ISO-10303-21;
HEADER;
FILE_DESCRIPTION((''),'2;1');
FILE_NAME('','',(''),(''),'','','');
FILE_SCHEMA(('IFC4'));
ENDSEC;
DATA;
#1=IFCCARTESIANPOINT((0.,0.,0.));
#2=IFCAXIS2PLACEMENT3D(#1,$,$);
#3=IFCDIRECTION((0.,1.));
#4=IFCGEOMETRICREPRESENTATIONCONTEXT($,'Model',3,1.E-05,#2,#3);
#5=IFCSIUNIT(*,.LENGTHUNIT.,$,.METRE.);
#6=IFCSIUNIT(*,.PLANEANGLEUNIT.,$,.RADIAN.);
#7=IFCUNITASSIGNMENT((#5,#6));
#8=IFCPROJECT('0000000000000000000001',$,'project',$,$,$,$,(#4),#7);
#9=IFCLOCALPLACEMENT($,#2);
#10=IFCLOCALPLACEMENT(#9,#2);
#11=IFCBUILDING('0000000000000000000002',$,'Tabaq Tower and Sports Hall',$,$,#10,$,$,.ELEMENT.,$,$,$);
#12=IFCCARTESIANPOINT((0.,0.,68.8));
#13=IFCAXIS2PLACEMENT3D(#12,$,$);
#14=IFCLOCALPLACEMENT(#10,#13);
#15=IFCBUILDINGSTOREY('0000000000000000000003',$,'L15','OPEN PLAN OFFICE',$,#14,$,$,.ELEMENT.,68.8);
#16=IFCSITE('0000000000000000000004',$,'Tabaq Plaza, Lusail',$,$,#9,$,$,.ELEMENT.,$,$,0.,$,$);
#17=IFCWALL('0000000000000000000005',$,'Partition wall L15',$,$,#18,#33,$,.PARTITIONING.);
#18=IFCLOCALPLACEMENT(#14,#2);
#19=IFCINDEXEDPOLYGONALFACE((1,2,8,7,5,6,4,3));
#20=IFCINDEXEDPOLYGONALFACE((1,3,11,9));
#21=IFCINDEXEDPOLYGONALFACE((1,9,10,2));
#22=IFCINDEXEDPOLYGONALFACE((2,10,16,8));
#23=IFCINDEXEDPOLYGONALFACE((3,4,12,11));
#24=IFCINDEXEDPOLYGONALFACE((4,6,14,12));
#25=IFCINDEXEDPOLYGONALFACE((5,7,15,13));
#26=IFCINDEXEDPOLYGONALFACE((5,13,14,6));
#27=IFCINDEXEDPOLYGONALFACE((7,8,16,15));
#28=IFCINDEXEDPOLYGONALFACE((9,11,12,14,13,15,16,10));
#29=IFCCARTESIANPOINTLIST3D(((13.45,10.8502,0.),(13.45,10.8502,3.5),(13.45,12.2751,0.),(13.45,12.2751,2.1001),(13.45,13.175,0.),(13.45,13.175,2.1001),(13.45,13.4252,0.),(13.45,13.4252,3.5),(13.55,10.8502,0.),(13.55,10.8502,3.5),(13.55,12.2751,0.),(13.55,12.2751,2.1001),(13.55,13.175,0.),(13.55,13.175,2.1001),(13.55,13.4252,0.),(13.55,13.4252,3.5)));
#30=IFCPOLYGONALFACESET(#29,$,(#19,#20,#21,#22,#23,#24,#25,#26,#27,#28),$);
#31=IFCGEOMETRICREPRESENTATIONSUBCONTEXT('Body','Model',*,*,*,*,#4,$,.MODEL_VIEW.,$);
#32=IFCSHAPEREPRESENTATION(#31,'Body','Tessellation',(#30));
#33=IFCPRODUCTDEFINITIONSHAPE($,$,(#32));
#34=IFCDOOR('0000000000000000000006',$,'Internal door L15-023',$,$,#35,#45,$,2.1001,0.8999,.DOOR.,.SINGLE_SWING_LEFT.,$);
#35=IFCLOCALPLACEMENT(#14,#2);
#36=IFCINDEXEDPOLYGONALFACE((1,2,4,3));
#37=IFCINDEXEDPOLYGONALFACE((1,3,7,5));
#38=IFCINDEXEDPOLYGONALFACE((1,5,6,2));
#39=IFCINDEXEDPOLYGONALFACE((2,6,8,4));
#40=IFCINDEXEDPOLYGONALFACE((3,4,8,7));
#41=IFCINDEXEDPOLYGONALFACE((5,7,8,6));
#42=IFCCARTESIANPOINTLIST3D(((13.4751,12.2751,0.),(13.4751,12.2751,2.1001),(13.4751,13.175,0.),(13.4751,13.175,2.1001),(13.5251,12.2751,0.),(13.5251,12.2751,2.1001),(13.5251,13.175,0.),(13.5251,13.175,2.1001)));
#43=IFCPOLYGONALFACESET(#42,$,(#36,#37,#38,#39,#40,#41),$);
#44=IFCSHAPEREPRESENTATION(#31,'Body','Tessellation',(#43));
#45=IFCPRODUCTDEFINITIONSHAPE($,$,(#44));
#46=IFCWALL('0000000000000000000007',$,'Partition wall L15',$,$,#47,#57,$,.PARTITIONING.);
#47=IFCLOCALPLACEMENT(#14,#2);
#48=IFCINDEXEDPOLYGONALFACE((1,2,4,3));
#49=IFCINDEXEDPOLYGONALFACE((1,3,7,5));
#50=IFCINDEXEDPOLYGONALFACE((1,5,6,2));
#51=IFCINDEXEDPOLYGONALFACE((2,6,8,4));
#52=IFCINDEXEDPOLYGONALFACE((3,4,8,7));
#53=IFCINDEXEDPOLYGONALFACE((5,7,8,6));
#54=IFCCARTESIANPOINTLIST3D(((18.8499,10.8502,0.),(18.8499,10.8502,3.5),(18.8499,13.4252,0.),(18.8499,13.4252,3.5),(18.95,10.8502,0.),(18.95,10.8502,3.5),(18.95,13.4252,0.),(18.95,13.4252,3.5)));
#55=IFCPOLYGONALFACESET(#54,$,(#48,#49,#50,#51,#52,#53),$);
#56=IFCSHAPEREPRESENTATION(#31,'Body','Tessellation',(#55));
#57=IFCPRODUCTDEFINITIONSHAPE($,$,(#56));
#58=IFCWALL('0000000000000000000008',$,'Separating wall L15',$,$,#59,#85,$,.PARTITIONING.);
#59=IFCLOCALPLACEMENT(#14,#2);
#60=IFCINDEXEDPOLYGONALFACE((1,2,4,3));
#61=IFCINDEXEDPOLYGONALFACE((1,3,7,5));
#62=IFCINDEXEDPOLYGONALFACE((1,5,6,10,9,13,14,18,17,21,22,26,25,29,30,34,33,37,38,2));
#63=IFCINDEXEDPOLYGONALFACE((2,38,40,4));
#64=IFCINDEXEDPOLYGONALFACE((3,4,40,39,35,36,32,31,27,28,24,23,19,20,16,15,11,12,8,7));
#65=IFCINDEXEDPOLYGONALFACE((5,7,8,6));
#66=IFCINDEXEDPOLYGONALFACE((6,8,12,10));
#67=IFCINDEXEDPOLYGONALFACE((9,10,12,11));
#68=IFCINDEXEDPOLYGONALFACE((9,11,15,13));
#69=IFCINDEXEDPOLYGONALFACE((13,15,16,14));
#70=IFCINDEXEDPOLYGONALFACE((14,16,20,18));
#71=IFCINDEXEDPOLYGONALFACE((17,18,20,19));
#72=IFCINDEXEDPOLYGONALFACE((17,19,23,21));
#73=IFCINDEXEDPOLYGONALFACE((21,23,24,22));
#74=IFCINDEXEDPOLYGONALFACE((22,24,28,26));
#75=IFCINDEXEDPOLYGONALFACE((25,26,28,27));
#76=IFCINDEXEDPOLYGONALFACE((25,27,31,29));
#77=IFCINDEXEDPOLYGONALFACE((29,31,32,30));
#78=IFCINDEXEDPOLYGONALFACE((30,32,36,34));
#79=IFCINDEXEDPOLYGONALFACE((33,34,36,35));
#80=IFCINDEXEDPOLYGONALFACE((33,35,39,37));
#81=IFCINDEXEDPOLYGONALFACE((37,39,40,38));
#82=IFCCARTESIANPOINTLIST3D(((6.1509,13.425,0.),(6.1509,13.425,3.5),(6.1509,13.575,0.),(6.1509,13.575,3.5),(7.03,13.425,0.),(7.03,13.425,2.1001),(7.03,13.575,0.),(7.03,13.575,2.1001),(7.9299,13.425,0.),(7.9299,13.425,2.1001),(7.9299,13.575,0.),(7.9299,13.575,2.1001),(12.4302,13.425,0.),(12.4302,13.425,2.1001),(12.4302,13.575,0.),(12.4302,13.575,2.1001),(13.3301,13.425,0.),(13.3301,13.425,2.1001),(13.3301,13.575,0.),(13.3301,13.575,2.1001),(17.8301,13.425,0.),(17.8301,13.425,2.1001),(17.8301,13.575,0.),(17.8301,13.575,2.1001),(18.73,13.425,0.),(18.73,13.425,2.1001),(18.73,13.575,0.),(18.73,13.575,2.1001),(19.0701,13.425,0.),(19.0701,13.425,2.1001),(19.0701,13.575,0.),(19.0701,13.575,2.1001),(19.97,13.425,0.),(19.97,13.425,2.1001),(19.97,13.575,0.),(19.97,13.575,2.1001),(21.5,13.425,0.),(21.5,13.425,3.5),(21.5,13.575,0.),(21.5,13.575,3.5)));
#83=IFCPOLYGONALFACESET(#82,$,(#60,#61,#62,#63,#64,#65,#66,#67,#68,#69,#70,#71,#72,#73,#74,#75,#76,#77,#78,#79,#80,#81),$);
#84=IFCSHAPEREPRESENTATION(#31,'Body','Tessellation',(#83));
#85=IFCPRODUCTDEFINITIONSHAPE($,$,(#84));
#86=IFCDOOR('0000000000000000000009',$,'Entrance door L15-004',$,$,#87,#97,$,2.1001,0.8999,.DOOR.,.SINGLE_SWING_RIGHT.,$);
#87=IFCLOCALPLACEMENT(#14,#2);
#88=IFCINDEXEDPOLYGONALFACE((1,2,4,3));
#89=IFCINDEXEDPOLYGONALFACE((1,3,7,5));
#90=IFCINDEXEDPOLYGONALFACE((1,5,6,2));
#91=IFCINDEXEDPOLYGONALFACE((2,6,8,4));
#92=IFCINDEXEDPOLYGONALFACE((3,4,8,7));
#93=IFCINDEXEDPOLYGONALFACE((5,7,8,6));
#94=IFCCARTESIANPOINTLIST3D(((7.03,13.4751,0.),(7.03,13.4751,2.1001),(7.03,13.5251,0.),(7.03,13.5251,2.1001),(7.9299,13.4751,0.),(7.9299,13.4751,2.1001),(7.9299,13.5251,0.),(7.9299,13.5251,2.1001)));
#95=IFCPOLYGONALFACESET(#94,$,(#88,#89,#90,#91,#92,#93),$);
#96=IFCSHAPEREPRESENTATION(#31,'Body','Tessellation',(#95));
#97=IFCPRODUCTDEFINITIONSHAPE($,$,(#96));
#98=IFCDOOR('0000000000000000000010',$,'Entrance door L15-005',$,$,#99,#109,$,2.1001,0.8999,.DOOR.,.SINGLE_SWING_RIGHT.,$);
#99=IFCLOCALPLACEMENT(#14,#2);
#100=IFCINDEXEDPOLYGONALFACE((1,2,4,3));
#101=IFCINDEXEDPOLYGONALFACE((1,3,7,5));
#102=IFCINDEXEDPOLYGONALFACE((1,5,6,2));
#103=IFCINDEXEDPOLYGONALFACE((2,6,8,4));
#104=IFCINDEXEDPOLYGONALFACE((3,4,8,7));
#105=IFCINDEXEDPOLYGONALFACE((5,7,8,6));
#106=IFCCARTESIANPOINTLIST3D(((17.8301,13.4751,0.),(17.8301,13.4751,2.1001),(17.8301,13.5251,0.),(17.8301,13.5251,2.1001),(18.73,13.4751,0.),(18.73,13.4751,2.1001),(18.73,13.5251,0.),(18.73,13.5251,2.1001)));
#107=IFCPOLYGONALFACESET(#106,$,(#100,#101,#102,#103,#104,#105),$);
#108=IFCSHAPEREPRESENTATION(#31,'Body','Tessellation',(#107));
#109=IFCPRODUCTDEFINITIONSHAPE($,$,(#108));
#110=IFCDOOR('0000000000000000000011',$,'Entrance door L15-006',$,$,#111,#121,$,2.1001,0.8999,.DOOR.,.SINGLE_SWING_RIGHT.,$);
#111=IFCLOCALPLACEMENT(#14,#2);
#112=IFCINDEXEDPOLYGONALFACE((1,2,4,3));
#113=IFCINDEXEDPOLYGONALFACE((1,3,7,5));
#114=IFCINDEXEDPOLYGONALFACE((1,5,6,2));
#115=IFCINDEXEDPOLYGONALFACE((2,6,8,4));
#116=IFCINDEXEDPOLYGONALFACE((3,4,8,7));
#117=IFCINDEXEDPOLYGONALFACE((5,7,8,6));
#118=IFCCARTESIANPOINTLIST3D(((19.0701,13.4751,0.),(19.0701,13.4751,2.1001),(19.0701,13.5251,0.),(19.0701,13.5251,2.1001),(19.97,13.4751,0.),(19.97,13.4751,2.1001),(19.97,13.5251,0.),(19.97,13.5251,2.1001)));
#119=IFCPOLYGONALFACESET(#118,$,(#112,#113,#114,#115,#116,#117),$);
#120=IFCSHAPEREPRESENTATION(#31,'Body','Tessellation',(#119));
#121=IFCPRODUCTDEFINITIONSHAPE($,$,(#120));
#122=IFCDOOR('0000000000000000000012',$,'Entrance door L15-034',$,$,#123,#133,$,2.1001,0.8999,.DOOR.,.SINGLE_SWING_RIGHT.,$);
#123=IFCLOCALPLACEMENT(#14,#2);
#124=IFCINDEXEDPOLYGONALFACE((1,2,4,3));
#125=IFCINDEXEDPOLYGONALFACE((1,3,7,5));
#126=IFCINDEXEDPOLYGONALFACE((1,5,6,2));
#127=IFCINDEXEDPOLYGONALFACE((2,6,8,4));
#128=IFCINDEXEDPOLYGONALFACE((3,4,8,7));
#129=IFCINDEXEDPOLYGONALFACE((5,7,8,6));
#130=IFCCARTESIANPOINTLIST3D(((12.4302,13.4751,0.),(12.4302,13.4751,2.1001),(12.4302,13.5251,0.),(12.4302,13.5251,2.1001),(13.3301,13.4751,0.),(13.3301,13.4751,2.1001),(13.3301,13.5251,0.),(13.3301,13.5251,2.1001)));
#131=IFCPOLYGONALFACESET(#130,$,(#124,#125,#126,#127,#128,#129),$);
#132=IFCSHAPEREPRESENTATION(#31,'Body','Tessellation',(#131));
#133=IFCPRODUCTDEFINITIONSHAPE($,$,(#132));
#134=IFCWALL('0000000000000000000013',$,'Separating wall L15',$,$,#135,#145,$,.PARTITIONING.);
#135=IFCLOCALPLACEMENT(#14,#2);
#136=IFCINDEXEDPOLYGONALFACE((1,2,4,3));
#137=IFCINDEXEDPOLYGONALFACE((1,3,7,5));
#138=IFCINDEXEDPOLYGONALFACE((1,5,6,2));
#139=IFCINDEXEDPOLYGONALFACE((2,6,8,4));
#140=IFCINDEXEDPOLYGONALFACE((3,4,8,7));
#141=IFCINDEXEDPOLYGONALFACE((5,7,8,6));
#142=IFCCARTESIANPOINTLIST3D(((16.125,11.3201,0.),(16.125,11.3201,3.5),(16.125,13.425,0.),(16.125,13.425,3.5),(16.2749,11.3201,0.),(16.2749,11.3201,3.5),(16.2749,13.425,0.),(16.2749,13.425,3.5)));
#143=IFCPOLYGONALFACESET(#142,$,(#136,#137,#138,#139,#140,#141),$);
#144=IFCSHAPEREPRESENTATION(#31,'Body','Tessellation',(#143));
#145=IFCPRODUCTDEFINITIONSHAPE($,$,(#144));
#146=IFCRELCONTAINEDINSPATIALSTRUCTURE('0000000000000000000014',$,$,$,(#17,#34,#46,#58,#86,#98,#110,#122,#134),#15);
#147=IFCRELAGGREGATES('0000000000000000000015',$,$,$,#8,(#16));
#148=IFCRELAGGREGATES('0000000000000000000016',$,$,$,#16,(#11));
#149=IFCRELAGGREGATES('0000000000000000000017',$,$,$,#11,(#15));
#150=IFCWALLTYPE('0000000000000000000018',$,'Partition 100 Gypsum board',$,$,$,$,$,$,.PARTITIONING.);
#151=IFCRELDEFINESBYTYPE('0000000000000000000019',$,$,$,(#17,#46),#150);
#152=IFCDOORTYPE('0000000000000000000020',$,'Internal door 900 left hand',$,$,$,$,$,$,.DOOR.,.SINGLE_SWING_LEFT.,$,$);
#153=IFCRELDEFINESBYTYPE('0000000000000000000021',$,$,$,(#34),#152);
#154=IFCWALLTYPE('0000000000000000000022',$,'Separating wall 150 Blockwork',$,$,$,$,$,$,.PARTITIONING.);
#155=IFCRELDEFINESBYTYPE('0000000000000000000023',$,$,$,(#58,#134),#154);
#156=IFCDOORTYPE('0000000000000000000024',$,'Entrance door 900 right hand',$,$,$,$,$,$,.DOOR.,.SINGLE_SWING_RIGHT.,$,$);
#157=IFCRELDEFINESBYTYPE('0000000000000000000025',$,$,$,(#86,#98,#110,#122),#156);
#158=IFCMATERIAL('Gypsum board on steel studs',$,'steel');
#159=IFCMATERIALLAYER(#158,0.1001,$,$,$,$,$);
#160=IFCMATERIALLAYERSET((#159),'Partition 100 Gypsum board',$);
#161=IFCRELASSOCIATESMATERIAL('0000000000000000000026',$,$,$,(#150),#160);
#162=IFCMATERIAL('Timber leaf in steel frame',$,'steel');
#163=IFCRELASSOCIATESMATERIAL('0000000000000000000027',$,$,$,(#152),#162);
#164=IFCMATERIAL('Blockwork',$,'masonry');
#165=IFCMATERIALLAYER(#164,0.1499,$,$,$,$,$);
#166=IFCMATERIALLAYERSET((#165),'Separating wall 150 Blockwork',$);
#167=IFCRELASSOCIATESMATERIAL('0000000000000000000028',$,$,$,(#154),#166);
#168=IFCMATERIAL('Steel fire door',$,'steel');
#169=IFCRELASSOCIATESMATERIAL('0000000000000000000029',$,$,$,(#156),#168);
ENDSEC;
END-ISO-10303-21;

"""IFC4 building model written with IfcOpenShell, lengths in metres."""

from ifc_helpers import new_model, si_unit, direction, frame, frame_2d, origin, place, context, subcontext, project, spatial, rectangle, extrude, material, layer, layer_set, type_object, element, fill, save


model = new_model("IFC4")

# Units and contexts
model_context = context("Model", 3, precision=1e-05, world=origin(), true_north=direction((0.0, 1.0)))
body_context = subcontext(model_context, "Body", "Model", "MODEL_VIEW")
ifc_project = project(units=[si_unit("LENGTHUNIT", "METRE"), si_unit("PLANEANGLEUNIT", "RADIAN")], contexts=[model_context])

# Site, building, storey
site_placement = place(None, origin())
site = spatial("IfcSite", under=ifc_project, at=site_placement, Name="Tabaq Plaza, Lusail", CompositionType="ELEMENT", RefElevation=0.0)
building_placement = place(site_placement, origin())
building = spatial("IfcBuilding", under=site, at=building_placement, Name="Tabaq Tower and Sports Hall", CompositionType="ELEMENT")
storey_placement = place(building_placement, frame((0.0, 0.0, 68.8)))
storey = spatial("IfcBuildingStorey", under=building, at=storey_placement, Name="L15", Description="OPEN PLAN OFFICE", CompositionType="ELEMENT", Elevation=68.8)

# Wall, opening, door
ifc_material_1 = material(Name="Gypsum board on steel studs", Category="steel")
ifc_layer_1 = layer(ifc_material_1, 0.1001)
ifc_layer_set_1 = layer_set([ifc_layer_1], Name="Partition 100 Gypsum board")
wall_type_1 = type_object("IfcWallType", Name="Partition 100 Gypsum board", PredefinedType="PARTITIONING", material=ifc_layer_set_1)
wall_1_placement = place(storey_placement, frame((13.5, 10.8501, 0.0), z_axis=(0.0, 0.0, 1.0), x_axis=(0.0, 1.0, 0.0)))
wall_1 = element("IfcWall", 1, at=wall_1_placement, inside=storey, type_object=wall_type_1, Name="Partition wall L15", PredefinedType="PARTITIONING", context=body_context, shape_type="SweptSolid", body=[
    extrude(rectangle(XDim=2.575, YDim=0.1001, at=frame_2d((1.2876, 0.0))), origin(), (0.0, 0.0, 1.0), 3.5),
])
opening_1_placement = place(wall_1_placement, frame((1.425, 0.0, 0.0)))
opening_1 = element("IfcOpeningElement", 2, at=opening_1_placement, cuts=wall_1, PredefinedType="OPENING", context=body_context, shape_type="SweptSolid", body=[
    extrude(rectangle(XDim=0.8999, YDim=2.1001, at=frame_2d((0.45, 1.05))), frame((0.0, 0.05, 0.0), z_axis=(0.0, -1.0, 0.0), x_axis=(1.0, 0.0, 0.0)), (0.0, 0.0, 1.0), 0.1001),
])
ifc_material_2 = material(Name="Timber leaf in steel frame", Category="steel")
door_type_1 = type_object("IfcDoorType", Name="Internal door 900 left hand", OperationType="SINGLE_SWING_LEFT", PredefinedType="DOOR", material=ifc_material_2)
door_1_placement = place(opening_1_placement, origin())
door_1 = element("IfcDoor", 3, at=door_1_placement, inside=storey, type_object=door_type_1, Name="Internal door L15-023", OperationType="SINGLE_SWING_LEFT", OverallHeight=2.1001, OverallWidth=0.8999, PredefinedType="DOOR", context=body_context, shape_type="SweptSolid", body=[
    extrude(rectangle(XDim=0.8999, YDim=2.1001, at=frame_2d((0.45, 1.05))), frame((0.0, 0.0249, 0.0), z_axis=(0.0, -1.0, 0.0), x_axis=(1.0, 0.0, 0.0)), (0.0, 0.0, 1.0), 0.05),
])
fill(opening_1, door_1)

# Wall
wall_2_placement = place(storey_placement, frame((18.8999, 10.8501, 0.0), z_axis=(0.0, 0.0, 1.0), x_axis=(0.0, 1.0, 0.0)))
element("IfcWall", 4, at=wall_2_placement, inside=storey, type_object=wall_type_1, Name="Partition wall L15", PredefinedType="PARTITIONING", context=body_context, shape_type="SweptSolid", body=[
    extrude(rectangle(XDim=2.575, YDim=0.1001, at=frame_2d((1.2876, 0.0))), origin(), (0.0, 0.0, 1.0), 3.5),
])

# Wall, openings, doors
ifc_material_3 = material(Name="Blockwork", Category="masonry")
ifc_layer_2 = layer(ifc_material_3, 0.1499)
ifc_layer_set_2 = layer_set([ifc_layer_2], Name="Separating wall 150 Blockwork")
wall_type_2 = type_object("IfcWallType", Name="Separating wall 150 Blockwork", PredefinedType="PARTITIONING", material=ifc_layer_set_2)
wall_3_placement = place(storey_placement, frame((21.5, 13.5, 0.0), z_axis=(0.0, 0.0, 1.0), x_axis=(-1.0, 0.0, 0.0)))
wall_3 = element("IfcWall", 5, at=wall_3_placement, inside=storey, type_object=wall_type_2, Name="Separating wall L15", PredefinedType="PARTITIONING", context=body_context, shape_type="SweptSolid", body=[
    extrude(rectangle(XDim=15.3491, YDim=0.1499, at=frame_2d((7.6746, 0.0))), origin(), (0.0, 0.0, 1.0), 3.5),
])
opening_2_placement = place(wall_3_placement, frame((13.5701, 0.0, 0.0)))
opening_2 = element("IfcOpeningElement", 6, at=opening_2_placement, cuts=wall_3, PredefinedType="OPENING", context=body_context, shape_type="SweptSolid", body=[
    extrude(rectangle(XDim=0.8999, YDim=2.1001, at=frame_2d((0.45, 1.05))), frame((0.0, 0.075, 0.0), z_axis=(0.0, -1.0, 0.0), x_axis=(1.0, 0.0, 0.0)), (0.0, 0.0, 1.0), 0.1499),
])
opening_3_placement = place(wall_3_placement, frame((2.77, 0.0, 0.0)))
opening_3 = element("IfcOpeningElement", 7, at=opening_3_placement, cuts=wall_3, PredefinedType="OPENING", context=body_context, shape_type="SweptSolid", body=[
    extrude(rectangle(XDim=0.8999, YDim=2.1001, at=frame_2d((0.45, 1.05))), frame((0.0, 0.075, 0.0), z_axis=(0.0, -1.0, 0.0), x_axis=(1.0, 0.0, 0.0)), (0.0, 0.0, 1.0), 0.1499),
])
opening_4_placement = place(wall_3_placement, frame((1.53, 0.0, 0.0)))
opening_4 = element("IfcOpeningElement", 8, at=opening_4_placement, cuts=wall_3, PredefinedType="OPENING", context=body_context, shape_type="SweptSolid", body=[
    extrude(rectangle(XDim=0.8999, YDim=2.1001, at=frame_2d((0.45, 1.05))), frame((0.0, 0.075, 0.0), z_axis=(0.0, -1.0, 0.0), x_axis=(1.0, 0.0, 0.0)), (0.0, 0.0, 1.0), 0.1499),
])
opening_5_placement = place(wall_3_placement, frame((8.1699, 0.0, 0.0)))
opening_5 = element("IfcOpeningElement", 9, at=opening_5_placement, cuts=wall_3, PredefinedType="OPENING", context=body_context, shape_type="SweptSolid", body=[
    extrude(rectangle(XDim=0.8999, YDim=2.1001, at=frame_2d((0.45, 1.05))), frame((0.0, 0.075, 0.0), z_axis=(0.0, -1.0, 0.0), x_axis=(1.0, 0.0, 0.0)), (0.0, 0.0, 1.0), 0.1499),
])
ifc_material_4 = material(Name="Steel fire door", Category="steel")
door_type_2 = type_object("IfcDoorType", Name="Entrance door 900 right hand", OperationType="SINGLE_SWING_RIGHT", PredefinedType="DOOR", material=ifc_material_4)
door_2_placement = place(opening_2_placement, origin())
door_2 = element("IfcDoor", 10, at=door_2_placement, inside=storey, type_object=door_type_2, Name="Entrance door L15-004", OperationType="SINGLE_SWING_RIGHT", OverallHeight=2.1001, OverallWidth=0.8999, PredefinedType="DOOR", context=body_context, shape_type="SweptSolid", body=[
    extrude(rectangle(XDim=0.8999, YDim=2.1001, at=frame_2d((0.45, 1.05))), frame((0.0, 0.0249, 0.0), z_axis=(0.0, -1.0, 0.0), x_axis=(1.0, 0.0, 0.0)), (0.0, 0.0, 1.0), 0.05),
])
fill(opening_2, door_2)
door_3_placement = place(opening_3_placement, origin())
door_3 = element("IfcDoor", 11, at=door_3_placement, inside=storey, type_object=door_type_2, Name="Entrance door L15-005", OperationType="SINGLE_SWING_RIGHT", OverallHeight=2.1001, OverallWidth=0.8999, PredefinedType="DOOR", context=body_context, shape_type="SweptSolid", body=[
    extrude(rectangle(XDim=0.8999, YDim=2.1001, at=frame_2d((0.45, 1.05))), frame((0.0, 0.0249, 0.0), z_axis=(0.0, -1.0, 0.0), x_axis=(1.0, 0.0, 0.0)), (0.0, 0.0, 1.0), 0.05),
])
fill(opening_3, door_3)
door_4_placement = place(opening_4_placement, origin())
door_4 = element("IfcDoor", 12, at=door_4_placement, inside=storey, type_object=door_type_2, Name="Entrance door L15-006", OperationType="SINGLE_SWING_RIGHT", OverallHeight=2.1001, OverallWidth=0.8999, PredefinedType="DOOR", context=body_context, shape_type="SweptSolid", body=[
    extrude(rectangle(XDim=0.8999, YDim=2.1001, at=frame_2d((0.45, 1.05))), frame((0.0, 0.0249, 0.0), z_axis=(0.0, -1.0, 0.0), x_axis=(1.0, 0.0, 0.0)), (0.0, 0.0, 1.0), 0.05),
])
fill(opening_4, door_4)
door_5_placement = place(opening_5_placement, origin())
door_5 = element("IfcDoor", 13, at=door_5_placement, inside=storey, type_object=door_type_2, Name="Entrance door L15-034", OperationType="SINGLE_SWING_RIGHT", OverallHeight=2.1001, OverallWidth=0.8999, PredefinedType="DOOR", context=body_context, shape_type="SweptSolid", body=[
    extrude(rectangle(XDim=0.8999, YDim=2.1001, at=frame_2d((0.45, 1.05))), frame((0.0, 0.0249, 0.0), z_axis=(0.0, -1.0, 0.0), x_axis=(1.0, 0.0, 0.0)), (0.0, 0.0, 1.0), 0.05),
])
fill(opening_5, door_5)

# Wall
wall_4_placement = place(storey_placement, frame((16.2, 11.3201, 0.0), z_axis=(0.0, 0.0, 1.0), x_axis=(0.0, 1.0, 0.0)))
element("IfcWall", 14, at=wall_4_placement, inside=storey, type_object=wall_type_2, Name="Separating wall L15", PredefinedType="PARTITIONING", context=body_context, shape_type="SweptSolid", body=[
    extrude(rectangle(XDim=2.105, YDim=0.1499, at=frame_2d((1.0525, 0.0))), origin(), (0.0, 0.0, 1.0), 3.5),
])

save(model, "model.ifc")
